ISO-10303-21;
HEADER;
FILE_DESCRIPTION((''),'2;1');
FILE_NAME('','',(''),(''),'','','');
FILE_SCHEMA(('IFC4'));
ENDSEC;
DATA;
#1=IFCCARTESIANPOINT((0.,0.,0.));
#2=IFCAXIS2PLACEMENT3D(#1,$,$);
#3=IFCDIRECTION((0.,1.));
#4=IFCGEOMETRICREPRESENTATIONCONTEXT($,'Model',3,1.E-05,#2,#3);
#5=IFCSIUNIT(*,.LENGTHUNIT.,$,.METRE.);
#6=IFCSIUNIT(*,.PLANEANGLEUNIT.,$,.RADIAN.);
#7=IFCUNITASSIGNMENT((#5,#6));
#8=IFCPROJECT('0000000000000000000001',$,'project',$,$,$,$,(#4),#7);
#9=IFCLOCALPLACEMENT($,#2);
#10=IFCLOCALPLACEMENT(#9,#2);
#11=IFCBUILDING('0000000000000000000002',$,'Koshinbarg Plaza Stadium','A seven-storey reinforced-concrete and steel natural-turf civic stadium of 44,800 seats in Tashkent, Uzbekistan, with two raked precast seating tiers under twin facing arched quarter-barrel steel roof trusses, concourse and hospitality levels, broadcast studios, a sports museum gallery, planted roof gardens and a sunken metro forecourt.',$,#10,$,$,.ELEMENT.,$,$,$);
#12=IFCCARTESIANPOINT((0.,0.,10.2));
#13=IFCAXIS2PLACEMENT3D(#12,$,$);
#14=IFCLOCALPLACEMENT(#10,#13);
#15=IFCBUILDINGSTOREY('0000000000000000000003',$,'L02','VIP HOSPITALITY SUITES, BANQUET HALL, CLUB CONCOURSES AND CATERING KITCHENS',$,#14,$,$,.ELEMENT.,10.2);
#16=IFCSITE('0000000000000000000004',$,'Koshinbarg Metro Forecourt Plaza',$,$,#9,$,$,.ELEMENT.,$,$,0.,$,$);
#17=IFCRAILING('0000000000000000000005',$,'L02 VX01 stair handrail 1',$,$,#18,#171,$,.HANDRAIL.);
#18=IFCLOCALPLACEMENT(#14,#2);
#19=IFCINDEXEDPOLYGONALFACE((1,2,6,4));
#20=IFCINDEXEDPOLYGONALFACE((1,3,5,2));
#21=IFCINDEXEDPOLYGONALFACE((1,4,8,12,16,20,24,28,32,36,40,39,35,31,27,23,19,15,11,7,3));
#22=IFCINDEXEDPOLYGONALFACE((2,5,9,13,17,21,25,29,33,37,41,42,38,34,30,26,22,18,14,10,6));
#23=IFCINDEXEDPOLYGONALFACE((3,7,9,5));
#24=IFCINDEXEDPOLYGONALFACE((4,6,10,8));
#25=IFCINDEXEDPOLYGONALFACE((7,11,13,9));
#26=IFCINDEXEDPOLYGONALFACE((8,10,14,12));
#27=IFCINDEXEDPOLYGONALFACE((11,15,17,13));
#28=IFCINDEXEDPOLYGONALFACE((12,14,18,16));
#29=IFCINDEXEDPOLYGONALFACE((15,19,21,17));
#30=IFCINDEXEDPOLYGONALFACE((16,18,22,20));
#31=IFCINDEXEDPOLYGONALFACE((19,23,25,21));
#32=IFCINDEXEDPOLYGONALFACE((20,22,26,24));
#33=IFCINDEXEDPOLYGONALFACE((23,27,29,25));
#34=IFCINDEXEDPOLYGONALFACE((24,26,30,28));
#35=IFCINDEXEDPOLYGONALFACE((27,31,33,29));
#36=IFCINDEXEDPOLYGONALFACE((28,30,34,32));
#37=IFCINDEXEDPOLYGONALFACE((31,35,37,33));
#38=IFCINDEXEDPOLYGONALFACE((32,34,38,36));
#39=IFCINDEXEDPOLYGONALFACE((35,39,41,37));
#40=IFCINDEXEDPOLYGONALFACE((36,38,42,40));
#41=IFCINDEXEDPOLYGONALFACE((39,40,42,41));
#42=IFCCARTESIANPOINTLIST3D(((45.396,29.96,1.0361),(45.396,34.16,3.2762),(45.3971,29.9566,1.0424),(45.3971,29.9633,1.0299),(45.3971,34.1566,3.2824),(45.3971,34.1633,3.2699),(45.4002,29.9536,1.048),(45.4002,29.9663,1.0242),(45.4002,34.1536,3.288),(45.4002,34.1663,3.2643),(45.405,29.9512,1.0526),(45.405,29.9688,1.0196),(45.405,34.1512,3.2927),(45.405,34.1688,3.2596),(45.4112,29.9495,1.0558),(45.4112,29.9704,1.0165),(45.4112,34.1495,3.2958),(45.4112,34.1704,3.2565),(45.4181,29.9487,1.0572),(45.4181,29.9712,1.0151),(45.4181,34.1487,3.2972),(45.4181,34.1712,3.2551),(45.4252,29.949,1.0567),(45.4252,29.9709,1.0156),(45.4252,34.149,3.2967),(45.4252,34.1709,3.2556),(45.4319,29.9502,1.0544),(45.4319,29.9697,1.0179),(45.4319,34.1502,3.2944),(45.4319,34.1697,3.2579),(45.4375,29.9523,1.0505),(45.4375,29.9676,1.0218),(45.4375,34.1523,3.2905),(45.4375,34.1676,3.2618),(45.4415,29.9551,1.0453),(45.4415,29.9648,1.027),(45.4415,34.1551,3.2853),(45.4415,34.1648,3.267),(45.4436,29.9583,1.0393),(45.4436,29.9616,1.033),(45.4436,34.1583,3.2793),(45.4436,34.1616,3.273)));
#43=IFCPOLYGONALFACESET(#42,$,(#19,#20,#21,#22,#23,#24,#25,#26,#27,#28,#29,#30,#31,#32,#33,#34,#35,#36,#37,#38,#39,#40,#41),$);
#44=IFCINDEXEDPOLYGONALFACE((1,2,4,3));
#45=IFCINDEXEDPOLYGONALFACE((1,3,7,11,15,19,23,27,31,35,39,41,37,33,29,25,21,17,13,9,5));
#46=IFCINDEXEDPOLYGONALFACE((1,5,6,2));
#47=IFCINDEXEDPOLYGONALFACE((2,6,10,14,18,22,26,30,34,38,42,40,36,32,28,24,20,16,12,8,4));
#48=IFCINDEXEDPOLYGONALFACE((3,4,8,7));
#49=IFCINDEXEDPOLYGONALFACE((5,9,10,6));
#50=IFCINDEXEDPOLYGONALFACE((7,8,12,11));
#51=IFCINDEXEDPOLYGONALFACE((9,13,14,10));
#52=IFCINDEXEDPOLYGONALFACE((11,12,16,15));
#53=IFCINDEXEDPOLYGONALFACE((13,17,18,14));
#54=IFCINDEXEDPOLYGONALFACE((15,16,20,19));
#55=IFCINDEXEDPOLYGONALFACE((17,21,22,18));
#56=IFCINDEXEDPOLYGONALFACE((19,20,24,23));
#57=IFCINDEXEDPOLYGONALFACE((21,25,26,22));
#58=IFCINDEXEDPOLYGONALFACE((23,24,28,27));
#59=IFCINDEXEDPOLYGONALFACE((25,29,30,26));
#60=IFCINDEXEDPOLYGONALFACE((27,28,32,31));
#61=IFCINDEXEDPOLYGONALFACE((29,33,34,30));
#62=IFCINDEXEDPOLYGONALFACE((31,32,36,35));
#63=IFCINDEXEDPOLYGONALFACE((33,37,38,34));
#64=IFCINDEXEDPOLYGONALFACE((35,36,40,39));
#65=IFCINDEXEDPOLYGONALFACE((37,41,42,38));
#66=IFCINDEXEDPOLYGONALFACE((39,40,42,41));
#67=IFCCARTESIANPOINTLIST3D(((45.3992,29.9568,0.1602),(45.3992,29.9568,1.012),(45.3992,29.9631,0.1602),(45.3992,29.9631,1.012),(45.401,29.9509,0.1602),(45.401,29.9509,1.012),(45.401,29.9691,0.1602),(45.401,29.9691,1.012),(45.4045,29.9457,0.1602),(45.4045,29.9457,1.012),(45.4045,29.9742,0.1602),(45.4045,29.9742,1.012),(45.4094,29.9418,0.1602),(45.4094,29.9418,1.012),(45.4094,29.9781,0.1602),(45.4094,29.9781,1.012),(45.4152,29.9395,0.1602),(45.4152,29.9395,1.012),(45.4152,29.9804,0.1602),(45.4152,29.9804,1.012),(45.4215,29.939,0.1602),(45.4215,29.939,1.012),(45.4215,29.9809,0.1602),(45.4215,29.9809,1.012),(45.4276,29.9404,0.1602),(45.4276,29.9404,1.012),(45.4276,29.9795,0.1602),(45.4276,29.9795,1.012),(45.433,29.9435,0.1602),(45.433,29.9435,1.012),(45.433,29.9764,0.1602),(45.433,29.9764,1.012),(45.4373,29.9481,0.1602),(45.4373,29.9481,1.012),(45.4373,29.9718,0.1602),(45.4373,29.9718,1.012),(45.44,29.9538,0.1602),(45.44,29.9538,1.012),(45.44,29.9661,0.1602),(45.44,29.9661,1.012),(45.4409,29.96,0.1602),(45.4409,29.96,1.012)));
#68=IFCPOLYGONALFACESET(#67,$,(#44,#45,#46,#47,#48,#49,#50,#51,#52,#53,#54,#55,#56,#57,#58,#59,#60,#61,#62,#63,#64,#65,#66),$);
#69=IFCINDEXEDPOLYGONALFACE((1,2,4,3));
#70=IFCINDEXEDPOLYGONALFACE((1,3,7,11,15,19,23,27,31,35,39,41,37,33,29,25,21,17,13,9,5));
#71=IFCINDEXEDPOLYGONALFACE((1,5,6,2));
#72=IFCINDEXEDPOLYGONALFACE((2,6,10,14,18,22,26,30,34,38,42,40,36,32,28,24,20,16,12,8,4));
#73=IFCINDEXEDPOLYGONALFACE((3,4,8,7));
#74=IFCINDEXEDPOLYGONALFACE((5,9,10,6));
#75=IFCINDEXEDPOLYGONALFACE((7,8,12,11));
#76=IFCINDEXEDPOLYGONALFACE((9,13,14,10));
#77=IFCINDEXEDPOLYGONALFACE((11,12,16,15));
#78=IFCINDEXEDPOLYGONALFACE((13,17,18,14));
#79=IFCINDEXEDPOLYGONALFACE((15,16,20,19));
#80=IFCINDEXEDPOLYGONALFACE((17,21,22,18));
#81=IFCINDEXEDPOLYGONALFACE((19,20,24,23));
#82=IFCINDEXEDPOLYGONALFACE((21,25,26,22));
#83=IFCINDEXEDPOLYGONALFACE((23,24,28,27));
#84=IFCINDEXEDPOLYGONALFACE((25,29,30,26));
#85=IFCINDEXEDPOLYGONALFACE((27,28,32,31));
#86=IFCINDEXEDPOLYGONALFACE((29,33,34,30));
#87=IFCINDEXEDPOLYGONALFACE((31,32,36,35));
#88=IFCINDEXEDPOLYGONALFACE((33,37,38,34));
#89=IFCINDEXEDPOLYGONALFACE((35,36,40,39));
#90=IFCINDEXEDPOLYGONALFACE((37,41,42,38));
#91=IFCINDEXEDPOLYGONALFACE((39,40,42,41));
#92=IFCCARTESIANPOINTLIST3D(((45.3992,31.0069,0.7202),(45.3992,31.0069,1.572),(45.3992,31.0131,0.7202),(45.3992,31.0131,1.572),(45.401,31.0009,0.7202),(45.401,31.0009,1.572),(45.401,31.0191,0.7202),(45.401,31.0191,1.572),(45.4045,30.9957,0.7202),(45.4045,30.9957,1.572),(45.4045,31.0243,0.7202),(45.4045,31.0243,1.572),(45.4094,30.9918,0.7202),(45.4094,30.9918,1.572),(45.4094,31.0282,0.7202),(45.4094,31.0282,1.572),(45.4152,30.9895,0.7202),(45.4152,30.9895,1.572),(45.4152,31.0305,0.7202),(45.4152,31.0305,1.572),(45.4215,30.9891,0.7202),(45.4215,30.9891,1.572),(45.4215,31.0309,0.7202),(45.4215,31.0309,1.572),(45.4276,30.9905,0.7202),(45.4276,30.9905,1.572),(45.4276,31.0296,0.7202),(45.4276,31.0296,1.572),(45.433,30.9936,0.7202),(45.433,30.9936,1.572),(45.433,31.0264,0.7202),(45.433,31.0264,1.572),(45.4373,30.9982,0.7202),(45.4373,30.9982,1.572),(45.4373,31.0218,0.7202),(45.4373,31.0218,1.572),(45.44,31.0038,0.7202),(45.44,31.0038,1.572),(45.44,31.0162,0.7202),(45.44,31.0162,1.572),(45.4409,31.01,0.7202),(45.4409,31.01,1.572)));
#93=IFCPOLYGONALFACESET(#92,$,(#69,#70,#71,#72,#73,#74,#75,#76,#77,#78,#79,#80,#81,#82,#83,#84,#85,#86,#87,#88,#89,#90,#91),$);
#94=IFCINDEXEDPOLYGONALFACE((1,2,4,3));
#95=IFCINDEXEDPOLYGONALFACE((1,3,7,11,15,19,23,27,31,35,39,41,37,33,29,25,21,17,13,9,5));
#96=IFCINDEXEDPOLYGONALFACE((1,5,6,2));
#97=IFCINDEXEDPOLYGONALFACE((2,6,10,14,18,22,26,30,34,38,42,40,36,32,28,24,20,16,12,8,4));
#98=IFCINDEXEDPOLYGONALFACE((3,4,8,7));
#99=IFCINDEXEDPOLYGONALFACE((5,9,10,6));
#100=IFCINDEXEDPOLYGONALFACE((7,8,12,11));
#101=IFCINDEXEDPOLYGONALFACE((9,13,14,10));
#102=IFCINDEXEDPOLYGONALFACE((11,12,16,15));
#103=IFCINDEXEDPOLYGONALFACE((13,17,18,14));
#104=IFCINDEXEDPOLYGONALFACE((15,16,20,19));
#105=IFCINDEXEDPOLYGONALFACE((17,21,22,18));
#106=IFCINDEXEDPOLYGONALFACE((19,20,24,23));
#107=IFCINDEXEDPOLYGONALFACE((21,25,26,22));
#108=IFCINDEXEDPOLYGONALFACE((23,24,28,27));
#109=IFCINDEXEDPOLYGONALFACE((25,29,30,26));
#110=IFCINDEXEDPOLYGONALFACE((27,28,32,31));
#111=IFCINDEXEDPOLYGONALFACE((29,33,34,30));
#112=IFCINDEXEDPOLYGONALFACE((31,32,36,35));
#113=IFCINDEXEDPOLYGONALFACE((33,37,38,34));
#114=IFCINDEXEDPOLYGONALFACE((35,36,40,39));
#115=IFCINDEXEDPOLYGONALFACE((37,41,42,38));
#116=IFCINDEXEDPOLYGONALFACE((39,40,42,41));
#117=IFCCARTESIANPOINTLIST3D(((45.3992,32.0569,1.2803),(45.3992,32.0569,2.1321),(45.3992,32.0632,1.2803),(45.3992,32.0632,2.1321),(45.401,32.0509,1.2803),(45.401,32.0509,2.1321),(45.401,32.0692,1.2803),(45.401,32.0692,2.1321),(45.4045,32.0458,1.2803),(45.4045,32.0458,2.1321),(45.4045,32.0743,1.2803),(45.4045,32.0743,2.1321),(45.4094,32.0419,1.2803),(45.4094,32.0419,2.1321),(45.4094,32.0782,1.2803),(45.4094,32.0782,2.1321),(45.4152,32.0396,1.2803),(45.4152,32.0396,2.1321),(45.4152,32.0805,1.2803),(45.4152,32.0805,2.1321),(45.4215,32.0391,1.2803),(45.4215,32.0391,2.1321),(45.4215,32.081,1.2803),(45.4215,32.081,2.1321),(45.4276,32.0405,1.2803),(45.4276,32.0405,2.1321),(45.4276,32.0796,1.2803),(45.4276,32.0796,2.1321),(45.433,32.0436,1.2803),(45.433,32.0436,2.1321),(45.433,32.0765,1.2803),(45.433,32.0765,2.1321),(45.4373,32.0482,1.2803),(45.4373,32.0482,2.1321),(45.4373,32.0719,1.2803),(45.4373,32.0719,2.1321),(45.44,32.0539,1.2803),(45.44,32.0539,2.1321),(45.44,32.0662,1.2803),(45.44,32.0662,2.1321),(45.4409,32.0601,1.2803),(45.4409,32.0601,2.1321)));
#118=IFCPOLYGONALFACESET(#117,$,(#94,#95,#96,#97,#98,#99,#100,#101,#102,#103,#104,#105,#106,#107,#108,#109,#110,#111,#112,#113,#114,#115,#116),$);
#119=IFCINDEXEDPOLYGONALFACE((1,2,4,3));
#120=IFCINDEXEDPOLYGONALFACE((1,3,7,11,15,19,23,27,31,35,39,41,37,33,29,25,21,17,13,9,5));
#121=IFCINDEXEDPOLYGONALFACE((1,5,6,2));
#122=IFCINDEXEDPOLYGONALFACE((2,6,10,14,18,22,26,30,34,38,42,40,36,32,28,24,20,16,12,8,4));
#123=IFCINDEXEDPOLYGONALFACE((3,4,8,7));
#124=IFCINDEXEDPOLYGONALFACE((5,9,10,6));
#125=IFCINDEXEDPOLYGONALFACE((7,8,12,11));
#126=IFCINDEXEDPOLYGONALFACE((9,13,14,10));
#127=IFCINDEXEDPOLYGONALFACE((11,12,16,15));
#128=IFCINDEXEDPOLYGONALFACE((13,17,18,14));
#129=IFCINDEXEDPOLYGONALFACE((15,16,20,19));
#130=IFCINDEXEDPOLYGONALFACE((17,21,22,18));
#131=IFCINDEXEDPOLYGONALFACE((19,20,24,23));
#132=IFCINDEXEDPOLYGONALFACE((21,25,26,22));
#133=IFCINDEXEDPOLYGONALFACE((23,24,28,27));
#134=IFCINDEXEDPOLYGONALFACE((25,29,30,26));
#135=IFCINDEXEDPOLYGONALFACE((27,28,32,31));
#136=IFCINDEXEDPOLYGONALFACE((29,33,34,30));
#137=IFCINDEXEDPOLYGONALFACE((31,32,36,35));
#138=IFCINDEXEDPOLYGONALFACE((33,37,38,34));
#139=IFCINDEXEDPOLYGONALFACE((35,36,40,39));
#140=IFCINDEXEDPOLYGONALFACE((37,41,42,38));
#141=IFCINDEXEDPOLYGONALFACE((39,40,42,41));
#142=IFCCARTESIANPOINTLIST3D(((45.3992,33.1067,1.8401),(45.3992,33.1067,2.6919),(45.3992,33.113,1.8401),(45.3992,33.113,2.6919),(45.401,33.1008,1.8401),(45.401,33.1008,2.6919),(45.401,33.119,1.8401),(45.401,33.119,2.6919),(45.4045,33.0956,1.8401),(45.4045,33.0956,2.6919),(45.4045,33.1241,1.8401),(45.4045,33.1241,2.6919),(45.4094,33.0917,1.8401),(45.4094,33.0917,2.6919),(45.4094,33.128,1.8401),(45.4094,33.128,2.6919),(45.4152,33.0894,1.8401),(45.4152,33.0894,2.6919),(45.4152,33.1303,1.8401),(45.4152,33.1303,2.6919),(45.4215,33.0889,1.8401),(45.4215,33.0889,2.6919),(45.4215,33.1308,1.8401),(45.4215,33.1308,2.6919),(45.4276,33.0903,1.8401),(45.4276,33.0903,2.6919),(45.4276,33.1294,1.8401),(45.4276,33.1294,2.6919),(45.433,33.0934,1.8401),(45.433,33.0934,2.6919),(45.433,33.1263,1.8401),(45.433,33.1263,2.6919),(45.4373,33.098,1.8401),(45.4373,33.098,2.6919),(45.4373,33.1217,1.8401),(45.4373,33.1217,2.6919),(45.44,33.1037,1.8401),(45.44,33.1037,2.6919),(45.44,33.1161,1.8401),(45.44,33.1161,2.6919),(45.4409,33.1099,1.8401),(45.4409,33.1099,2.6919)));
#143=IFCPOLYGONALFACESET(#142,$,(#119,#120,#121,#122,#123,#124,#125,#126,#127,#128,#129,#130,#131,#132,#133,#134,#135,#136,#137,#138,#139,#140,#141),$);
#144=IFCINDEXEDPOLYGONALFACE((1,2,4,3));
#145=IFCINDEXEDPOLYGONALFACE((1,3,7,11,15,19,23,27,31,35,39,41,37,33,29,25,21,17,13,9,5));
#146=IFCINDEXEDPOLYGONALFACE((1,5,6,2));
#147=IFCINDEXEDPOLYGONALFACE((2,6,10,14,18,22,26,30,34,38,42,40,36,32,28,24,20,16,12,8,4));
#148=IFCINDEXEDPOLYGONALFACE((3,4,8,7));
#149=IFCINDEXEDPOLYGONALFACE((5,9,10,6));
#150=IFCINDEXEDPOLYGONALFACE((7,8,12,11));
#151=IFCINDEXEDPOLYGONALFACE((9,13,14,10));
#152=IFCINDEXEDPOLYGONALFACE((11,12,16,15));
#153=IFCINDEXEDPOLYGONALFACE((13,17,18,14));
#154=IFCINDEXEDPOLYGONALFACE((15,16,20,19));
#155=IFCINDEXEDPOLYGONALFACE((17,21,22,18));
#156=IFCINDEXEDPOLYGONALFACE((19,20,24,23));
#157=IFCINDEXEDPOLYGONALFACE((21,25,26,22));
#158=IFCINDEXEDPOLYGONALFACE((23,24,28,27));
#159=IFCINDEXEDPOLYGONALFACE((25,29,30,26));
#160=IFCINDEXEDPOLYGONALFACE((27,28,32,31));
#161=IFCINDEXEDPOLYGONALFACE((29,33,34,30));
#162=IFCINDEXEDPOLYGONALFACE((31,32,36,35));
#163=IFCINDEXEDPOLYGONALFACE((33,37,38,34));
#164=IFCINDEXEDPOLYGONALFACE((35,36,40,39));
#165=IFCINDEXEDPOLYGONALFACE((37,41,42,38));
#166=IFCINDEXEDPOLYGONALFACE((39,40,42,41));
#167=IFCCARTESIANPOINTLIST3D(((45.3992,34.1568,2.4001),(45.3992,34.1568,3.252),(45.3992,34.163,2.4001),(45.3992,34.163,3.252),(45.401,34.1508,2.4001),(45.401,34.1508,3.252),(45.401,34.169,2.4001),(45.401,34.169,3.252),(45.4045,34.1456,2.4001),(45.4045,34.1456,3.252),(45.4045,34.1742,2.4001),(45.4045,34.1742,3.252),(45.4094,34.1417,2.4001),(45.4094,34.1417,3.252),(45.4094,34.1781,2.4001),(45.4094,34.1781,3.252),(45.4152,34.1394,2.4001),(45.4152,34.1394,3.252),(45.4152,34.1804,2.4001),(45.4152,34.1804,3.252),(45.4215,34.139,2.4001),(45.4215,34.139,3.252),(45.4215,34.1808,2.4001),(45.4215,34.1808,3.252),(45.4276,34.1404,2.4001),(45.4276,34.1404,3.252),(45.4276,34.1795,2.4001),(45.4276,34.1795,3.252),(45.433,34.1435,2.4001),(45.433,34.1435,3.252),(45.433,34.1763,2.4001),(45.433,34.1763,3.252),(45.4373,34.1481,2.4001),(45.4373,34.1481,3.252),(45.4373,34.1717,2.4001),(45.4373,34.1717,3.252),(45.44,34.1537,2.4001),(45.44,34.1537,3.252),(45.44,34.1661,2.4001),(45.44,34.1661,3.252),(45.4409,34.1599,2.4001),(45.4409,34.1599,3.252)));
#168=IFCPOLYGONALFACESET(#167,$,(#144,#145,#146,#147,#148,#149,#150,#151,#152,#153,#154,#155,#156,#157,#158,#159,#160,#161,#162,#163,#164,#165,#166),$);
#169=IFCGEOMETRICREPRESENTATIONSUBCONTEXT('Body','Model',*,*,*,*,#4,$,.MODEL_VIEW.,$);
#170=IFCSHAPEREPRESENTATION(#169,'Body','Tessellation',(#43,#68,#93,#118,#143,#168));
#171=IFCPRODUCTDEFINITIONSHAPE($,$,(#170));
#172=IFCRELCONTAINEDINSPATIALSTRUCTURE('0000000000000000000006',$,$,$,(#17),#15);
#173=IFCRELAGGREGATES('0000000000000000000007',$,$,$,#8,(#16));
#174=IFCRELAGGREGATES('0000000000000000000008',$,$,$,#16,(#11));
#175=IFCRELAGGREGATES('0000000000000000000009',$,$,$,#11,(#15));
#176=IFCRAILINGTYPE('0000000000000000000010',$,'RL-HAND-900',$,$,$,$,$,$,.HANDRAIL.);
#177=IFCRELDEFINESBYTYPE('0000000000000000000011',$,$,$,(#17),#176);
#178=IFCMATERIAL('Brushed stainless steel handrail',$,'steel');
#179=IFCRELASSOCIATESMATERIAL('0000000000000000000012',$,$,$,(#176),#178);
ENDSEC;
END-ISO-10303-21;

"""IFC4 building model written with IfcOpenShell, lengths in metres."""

from ifc_helpers import new_model, si_unit, direction, frame, origin, origin_2d, place, context, subcontext, project, spatial, circle, extrude, material, type_object, element, save


model = new_model("IFC4")

# Units and contexts
model_context = context("Model", 3, precision=1e-05, world=origin(), true_north=direction((0.0, 1.0)))
body_context = subcontext(model_context, "Body", "Model", "MODEL_VIEW")
ifc_project = project(units=[si_unit("LENGTHUNIT", "METRE"), si_unit("PLANEANGLEUNIT", "RADIAN")], contexts=[model_context])

# Site, building, storey
site_placement = place(None, origin())
site = spatial("IfcSite", under=ifc_project, at=site_placement, Name="Koshinbarg Metro Forecourt Plaza", CompositionType="ELEMENT", RefElevation=0.0)
building_placement = place(site_placement, origin())
building = spatial("IfcBuilding", under=site, at=building_placement, Name="Koshinbarg Plaza Stadium", Description="A seven-storey reinforced-concrete and steel natural-turf civic stadium of 44,800 seats in Tashkent, Uzbekistan, with two raked precast seating tiers under twin facing arched quarter-barrel steel roof trusses, concourse and hospitality levels, broadcast studios, a sports museum gallery, planted roof gardens and a sunken metro forecourt.", CompositionType="ELEMENT")
storey_placement = place(building_placement, frame((0.0, 0.0, 10.2)))
storey = spatial("IfcBuildingStorey", under=building, at=storey_placement, Name="L02", Description="VIP HOSPITALITY SUITES, BANQUET HALL, CLUB CONCOURSES AND CATERING KITCHENS", CompositionType="ELEMENT", Elevation=10.2)

# Railing
ifc_material_1 = material(Name="Brushed stainless steel handrail", Category="steel")
railing_type_1 = type_object("IfcRailingType", Name="RL-HAND-900", PredefinedType="HANDRAIL", material=ifc_material_1)
railing_1_placement = place(storey_placement, frame((45.4199, 29.96, 0.1602)))
element("IfcRailing", 1, at=railing_1_placement, inside=storey, type_object=railing_type_1, Name="L02 VX01 stair handrail 1", PredefinedType="HANDRAIL", context=body_context, shape_type="SweptSolid", body=[
    extrude(circle(Radius=0.0239, at=origin_2d()), frame((0.0, 0.0, 0.876), z_axis=(0.0, 0.882352, 0.470591), x_axis=(-1.0, 0.0, 0.0)), (0.0, 0.0, 1.0), 4.76),
    extrude(circle(Radius=0.021, at=origin_2d()), origin(), (0.0, 0.0, 1.0), 0.8518),
    extrude(circle(Radius=0.021, at=origin_2d()), frame((0.0, 1.05, 0.5601)), (0.0, 0.0, 1.0), 0.8518),
    extrude(circle(Radius=0.021, at=origin_2d()), frame((0.0, 2.1001, 1.1201)), (0.0, 0.0, 1.0), 0.8518),
    extrude(circle(Radius=0.021, at=origin_2d()), frame((0.0, 3.1499, 1.6799)), (0.0, 0.0, 1.0), 0.8518),
    extrude(circle(Radius=0.021, at=origin_2d()), frame((0.0, 4.2, 2.24)), (0.0, 0.0, 1.0), 0.8518),
])

save(model, "model.ifc")
